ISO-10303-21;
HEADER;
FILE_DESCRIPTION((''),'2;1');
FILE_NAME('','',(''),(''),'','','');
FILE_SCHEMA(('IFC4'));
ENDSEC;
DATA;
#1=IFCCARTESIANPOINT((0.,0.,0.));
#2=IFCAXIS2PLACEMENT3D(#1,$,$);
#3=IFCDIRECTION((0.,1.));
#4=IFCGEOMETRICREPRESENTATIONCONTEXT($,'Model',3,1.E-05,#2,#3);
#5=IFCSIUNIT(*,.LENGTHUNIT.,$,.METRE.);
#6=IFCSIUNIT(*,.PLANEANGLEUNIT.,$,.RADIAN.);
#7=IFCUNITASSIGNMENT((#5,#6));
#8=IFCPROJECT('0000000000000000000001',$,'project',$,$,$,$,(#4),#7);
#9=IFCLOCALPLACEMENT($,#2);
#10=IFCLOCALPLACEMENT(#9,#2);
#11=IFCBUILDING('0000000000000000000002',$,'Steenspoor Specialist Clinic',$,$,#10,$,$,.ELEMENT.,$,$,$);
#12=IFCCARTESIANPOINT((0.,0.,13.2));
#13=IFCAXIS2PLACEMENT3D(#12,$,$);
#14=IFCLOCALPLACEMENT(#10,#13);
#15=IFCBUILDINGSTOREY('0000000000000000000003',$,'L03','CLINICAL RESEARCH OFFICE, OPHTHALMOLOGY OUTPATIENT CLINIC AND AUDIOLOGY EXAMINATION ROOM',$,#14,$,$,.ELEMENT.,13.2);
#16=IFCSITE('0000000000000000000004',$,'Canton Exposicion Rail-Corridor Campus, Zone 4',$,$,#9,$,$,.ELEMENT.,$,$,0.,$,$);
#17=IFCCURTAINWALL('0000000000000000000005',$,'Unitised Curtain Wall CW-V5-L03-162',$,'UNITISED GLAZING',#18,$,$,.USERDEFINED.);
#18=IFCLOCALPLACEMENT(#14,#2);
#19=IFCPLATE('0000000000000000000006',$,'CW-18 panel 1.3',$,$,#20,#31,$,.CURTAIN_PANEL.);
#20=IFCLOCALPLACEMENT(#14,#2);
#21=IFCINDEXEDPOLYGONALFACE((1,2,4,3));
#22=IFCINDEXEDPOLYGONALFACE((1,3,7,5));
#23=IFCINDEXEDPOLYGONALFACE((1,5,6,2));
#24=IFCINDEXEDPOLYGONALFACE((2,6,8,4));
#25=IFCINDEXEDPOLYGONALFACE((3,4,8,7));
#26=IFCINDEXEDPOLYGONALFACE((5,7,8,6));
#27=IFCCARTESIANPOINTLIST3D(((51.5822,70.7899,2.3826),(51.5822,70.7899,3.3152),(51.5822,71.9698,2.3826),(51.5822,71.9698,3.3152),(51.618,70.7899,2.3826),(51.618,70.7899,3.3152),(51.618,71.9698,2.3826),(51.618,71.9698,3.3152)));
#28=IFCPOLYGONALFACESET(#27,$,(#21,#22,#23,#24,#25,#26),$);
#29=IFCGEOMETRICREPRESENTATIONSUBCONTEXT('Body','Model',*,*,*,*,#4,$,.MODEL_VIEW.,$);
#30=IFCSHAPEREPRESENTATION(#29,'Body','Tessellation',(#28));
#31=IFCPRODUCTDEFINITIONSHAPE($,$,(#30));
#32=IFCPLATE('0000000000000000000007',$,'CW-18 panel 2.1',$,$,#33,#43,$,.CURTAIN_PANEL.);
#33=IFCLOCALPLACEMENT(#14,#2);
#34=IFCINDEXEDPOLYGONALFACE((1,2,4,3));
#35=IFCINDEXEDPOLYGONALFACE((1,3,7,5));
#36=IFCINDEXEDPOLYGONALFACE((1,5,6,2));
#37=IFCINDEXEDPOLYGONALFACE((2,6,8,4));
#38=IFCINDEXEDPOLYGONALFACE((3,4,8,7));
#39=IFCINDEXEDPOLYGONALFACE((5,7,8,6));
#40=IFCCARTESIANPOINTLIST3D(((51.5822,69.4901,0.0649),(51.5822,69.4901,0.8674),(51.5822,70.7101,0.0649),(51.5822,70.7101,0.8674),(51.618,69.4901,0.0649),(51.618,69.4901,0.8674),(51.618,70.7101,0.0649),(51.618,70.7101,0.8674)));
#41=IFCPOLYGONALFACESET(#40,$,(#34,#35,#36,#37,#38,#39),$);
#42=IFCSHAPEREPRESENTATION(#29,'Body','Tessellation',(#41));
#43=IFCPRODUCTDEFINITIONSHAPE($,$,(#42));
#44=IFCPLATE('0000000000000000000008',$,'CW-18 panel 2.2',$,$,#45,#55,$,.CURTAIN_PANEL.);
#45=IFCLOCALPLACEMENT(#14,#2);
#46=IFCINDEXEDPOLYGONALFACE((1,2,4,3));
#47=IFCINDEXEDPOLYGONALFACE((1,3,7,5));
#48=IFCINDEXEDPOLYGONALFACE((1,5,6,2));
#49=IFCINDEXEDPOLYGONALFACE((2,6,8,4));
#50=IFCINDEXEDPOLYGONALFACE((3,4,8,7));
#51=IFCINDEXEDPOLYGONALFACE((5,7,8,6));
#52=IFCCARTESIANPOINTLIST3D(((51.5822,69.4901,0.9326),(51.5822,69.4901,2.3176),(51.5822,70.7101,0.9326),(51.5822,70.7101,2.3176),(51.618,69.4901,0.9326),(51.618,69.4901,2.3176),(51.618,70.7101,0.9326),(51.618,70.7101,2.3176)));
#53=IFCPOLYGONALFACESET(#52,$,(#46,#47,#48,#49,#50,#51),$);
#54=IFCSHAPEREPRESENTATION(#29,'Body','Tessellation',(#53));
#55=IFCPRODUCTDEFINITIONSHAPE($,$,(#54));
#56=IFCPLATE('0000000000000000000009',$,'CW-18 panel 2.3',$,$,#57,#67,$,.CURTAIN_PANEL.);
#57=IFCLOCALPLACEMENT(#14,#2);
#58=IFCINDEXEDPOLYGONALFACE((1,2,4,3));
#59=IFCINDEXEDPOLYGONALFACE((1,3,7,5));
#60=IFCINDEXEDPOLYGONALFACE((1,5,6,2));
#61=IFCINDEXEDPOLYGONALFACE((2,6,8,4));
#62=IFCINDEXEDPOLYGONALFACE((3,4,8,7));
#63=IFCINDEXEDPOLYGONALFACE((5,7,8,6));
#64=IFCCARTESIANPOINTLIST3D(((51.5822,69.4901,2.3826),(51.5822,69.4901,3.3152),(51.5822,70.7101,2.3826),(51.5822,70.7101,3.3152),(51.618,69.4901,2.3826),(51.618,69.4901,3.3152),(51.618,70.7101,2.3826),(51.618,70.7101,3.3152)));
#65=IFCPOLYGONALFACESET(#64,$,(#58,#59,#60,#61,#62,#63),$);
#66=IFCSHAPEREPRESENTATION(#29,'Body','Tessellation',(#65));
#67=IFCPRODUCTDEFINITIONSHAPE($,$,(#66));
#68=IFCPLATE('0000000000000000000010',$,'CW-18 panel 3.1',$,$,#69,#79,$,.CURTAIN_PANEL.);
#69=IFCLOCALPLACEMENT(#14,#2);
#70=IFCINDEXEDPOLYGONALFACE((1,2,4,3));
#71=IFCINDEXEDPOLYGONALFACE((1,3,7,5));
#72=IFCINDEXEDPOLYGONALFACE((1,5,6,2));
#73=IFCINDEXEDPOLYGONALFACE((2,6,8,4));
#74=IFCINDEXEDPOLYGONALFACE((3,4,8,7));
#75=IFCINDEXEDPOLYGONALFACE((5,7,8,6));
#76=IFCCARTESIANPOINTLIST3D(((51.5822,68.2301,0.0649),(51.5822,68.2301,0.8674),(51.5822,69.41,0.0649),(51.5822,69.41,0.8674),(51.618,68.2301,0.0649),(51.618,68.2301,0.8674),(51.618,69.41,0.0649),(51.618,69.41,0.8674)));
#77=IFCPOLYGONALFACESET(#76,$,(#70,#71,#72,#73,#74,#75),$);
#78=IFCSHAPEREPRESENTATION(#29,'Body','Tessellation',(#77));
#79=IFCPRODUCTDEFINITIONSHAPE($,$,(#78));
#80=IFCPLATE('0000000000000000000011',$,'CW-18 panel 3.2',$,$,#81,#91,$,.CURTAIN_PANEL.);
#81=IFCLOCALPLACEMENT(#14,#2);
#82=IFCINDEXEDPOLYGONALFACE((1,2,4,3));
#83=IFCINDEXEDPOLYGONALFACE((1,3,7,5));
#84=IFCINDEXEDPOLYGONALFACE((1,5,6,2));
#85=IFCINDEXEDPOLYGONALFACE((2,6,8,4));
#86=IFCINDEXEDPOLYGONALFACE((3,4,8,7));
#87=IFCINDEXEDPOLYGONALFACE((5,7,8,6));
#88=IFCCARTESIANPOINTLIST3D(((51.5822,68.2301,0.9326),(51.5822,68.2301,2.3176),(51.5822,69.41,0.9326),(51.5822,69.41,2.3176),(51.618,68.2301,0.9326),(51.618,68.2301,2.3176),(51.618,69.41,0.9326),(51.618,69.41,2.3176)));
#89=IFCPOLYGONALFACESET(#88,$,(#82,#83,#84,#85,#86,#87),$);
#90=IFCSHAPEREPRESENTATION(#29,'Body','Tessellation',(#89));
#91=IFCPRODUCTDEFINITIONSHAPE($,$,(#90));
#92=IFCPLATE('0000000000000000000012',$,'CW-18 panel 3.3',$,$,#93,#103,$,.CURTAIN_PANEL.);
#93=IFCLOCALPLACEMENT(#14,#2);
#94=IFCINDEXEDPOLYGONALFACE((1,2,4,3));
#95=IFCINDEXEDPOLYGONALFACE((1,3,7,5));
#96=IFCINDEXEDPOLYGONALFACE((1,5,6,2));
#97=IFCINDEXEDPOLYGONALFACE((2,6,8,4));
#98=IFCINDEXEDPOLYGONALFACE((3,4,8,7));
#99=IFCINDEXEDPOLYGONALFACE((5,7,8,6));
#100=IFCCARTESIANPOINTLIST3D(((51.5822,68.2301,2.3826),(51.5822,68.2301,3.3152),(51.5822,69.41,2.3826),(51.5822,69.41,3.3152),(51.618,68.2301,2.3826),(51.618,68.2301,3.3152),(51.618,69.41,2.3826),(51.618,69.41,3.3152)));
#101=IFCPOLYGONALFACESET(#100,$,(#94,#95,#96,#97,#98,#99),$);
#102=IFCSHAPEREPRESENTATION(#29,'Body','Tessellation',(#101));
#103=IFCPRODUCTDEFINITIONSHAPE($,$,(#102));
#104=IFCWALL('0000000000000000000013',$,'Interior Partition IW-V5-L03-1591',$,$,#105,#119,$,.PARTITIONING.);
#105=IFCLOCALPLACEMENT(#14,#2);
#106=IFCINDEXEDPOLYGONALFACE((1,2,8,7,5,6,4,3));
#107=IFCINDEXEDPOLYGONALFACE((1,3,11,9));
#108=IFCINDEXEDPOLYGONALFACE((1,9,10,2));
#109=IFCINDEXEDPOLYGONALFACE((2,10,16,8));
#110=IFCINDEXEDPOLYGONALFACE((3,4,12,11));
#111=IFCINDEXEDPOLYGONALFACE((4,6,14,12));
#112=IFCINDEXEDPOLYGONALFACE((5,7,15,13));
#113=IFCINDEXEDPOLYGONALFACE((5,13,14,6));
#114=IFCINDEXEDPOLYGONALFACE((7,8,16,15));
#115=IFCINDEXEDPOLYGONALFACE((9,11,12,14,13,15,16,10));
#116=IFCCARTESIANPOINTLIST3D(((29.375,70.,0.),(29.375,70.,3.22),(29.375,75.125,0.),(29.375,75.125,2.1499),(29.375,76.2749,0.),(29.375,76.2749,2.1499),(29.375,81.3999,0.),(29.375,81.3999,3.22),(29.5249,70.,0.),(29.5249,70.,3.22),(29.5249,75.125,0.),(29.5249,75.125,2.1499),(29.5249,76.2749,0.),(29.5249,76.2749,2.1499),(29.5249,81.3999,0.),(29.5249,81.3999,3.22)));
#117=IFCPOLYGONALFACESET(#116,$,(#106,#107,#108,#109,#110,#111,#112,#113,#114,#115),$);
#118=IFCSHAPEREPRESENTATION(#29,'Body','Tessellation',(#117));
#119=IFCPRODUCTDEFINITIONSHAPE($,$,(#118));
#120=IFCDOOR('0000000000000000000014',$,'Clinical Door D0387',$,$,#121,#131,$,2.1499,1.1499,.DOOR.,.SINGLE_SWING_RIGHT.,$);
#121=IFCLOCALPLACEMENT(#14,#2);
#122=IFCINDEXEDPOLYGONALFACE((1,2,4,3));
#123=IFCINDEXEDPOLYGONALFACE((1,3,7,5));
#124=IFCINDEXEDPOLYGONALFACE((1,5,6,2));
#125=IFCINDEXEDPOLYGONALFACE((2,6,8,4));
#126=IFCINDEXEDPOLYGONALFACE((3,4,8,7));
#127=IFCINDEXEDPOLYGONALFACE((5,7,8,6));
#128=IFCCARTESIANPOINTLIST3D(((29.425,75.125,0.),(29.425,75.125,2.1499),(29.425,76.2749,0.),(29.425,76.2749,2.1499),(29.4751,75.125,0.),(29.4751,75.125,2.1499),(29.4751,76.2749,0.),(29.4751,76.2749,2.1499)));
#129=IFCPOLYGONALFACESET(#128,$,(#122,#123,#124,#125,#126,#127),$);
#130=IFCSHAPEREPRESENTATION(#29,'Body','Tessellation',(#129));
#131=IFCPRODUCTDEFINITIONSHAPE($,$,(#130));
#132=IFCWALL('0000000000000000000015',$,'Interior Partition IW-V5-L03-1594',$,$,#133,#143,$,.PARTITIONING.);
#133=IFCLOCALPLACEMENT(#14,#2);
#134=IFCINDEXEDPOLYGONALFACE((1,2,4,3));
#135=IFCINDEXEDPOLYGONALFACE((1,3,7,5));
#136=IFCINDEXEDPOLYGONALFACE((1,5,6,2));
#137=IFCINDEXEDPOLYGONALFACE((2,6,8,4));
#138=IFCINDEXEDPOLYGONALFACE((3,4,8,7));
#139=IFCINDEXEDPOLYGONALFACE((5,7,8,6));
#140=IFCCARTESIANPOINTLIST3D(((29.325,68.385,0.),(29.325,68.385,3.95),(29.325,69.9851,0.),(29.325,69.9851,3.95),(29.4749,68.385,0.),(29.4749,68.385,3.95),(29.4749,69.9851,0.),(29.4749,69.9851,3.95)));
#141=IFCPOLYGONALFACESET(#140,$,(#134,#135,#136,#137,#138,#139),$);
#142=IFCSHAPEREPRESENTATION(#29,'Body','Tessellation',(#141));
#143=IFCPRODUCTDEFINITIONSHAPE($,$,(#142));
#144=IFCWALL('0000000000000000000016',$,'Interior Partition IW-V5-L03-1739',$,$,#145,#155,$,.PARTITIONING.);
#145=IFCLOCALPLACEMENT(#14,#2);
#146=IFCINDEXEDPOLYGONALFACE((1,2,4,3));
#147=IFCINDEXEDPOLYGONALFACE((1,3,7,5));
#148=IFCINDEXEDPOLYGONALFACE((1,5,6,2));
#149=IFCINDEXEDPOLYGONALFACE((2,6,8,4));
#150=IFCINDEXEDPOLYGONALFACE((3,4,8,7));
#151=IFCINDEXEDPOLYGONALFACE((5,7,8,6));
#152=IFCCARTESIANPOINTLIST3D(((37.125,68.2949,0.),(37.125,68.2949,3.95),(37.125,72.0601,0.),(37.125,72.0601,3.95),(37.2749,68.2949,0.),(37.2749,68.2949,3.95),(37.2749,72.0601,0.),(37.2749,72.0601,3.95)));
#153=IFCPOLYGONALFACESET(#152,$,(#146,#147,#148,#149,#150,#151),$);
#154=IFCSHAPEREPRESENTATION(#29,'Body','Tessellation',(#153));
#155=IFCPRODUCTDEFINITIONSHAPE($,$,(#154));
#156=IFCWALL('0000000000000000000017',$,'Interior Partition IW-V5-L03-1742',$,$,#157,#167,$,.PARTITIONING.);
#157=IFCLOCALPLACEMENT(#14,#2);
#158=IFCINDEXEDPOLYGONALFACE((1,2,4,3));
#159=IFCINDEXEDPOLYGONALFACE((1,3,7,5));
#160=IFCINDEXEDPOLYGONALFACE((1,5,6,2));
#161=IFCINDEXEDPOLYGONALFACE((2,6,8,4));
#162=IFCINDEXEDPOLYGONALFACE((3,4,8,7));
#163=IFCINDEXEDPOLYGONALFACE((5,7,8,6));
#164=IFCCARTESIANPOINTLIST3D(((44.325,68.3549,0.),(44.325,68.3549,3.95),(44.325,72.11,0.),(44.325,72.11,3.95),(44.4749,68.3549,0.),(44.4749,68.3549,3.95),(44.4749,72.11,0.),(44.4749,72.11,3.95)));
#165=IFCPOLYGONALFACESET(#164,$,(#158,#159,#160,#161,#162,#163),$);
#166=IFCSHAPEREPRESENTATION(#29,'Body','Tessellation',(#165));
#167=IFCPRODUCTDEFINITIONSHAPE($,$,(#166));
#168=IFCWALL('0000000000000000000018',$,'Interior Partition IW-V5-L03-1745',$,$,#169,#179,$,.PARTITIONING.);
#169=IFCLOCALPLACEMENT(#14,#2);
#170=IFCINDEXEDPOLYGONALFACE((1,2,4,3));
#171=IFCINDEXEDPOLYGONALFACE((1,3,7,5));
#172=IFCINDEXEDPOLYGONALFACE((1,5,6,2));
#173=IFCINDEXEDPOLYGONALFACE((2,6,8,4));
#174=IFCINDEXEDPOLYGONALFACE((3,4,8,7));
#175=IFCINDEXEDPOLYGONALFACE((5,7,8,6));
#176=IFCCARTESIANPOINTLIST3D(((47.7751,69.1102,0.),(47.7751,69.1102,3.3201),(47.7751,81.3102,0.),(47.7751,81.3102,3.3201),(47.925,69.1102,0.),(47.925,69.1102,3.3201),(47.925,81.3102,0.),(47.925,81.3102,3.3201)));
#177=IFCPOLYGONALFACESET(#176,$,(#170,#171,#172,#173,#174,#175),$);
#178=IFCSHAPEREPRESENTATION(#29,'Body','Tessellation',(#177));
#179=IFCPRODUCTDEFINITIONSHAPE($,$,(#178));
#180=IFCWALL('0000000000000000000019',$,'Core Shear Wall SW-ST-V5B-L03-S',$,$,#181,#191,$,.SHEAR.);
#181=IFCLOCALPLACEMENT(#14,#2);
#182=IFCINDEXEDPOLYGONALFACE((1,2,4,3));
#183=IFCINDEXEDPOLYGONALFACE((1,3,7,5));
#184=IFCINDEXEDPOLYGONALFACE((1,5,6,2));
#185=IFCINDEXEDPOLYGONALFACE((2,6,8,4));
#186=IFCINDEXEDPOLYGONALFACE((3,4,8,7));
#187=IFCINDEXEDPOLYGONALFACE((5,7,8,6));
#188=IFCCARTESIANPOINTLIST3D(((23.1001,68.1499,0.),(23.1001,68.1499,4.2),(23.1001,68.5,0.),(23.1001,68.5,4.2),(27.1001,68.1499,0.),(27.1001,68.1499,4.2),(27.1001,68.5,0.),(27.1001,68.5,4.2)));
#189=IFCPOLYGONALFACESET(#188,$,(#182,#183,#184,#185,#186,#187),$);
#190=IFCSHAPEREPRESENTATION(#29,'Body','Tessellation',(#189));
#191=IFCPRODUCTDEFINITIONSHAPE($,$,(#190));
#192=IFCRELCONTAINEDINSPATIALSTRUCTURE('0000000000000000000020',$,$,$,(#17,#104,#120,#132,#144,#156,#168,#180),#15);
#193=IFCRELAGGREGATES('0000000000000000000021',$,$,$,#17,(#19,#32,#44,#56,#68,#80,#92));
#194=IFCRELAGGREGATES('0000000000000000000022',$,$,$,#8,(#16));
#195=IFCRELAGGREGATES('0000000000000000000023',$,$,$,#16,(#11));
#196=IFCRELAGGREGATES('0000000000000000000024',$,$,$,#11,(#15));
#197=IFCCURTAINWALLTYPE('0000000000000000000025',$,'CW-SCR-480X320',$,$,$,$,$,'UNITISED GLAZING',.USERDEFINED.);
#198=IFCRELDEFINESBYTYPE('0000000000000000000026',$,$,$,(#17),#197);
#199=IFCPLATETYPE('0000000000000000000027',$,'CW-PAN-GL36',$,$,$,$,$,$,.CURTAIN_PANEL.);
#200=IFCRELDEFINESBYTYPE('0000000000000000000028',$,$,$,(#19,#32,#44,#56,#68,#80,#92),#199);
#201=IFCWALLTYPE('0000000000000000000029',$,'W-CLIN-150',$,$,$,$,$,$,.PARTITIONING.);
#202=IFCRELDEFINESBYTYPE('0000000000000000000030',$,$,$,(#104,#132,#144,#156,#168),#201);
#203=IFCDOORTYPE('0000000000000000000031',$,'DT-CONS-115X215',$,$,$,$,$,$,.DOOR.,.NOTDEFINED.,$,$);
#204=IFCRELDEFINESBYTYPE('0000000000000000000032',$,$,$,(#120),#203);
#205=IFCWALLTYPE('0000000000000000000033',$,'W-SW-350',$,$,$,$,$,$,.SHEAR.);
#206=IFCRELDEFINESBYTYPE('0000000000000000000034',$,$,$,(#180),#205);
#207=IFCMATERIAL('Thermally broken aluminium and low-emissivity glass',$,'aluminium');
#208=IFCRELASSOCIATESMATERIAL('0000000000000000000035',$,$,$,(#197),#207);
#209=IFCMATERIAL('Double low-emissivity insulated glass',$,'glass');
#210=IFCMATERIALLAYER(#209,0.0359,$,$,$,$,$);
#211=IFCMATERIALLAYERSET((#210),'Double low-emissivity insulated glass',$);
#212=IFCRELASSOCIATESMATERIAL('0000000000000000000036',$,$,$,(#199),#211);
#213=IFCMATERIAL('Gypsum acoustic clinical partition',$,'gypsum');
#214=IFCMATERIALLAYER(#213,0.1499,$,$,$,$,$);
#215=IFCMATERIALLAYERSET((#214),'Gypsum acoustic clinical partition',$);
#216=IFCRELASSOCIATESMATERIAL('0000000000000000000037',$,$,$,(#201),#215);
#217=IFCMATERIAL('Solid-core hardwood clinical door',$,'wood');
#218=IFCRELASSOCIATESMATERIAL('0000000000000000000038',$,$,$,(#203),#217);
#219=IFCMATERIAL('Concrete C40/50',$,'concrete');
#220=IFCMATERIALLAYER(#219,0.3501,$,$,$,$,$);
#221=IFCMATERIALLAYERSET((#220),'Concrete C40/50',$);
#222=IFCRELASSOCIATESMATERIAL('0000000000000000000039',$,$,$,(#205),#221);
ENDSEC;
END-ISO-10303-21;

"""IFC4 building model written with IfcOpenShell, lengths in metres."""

from ifc_helpers import new_model, si_unit, direction, frame, frame_2d, origin, origin_2d, place, context, subcontext, project, spatial, rectangle, extrude, material, layer, layer_set, type_object, element, fill, aggregate, save


model = new_model("IFC4")

# Units and contexts
model_context = context("Model", 3, precision=1e-05, world=origin(), true_north=direction((0.0, 1.0)))
body_context = subcontext(model_context, "Body", "Model", "MODEL_VIEW")
ifc_project = project(units=[si_unit("LENGTHUNIT", "METRE"), si_unit("PLANEANGLEUNIT", "RADIAN")], contexts=[model_context])

# Site, building, storey
site_placement = place(None, origin())
site = spatial("IfcSite", under=ifc_project, at=site_placement, Name="Canton Exposicion Rail-Corridor Campus, Zone 4", CompositionType="ELEMENT", RefElevation=0.0)
building_placement = place(site_placement, origin())
building = spatial("IfcBuilding", under=site, at=building_placement, Name="Steenspoor Specialist Clinic", CompositionType="ELEMENT")
storey_placement = place(building_placement, frame((0.0, 0.0, 13.2)))
storey = spatial("IfcBuildingStorey", under=building, at=storey_placement, Name="L03", Description="CLINICAL RESEARCH OFFICE, OPHTHALMOLOGY OUTPATIENT CLINIC AND AUDIOLOGY EXAMINATION ROOM", CompositionType="ELEMENT", Elevation=13.2)

# Curtain wall, plates
ifc_material_1 = material(Name="Thermally broken aluminium and low-emissivity glass", Category="aluminium")
curtain_wall_type = type_object("IfcCurtainWallType", Name="CW-SCR-480X320", ElementType="UNITISED GLAZING", PredefinedType="USERDEFINED", material=ifc_material_1)
curtain_wall_placement = place(storey_placement, origin())
curtain_wall = element("IfcCurtainWall", 1, at=curtain_wall_placement, inside=storey, type_object=curtain_wall_type, Name="Unitised Curtain Wall CW-V5-L03-162", ObjectType="UNITISED GLAZING", PredefinedType="USERDEFINED")
ifc_material_2 = material(Name="Double low-emissivity insulated glass", Category="glass")
ifc_layer_1 = layer(ifc_material_2, 0.0359)
ifc_layer_set_1 = layer_set([ifc_layer_1], Name="Double low-emissivity insulated glass")
plate_type = type_object("IfcPlateType", Name="CW-PAN-GL36", PredefinedType="CURTAIN_PANEL", material=ifc_layer_set_1)
plate_1_placement = place(storey_placement, frame((51.6001, 71.3799, 2.3826), z_axis=(0.0, 0.0, 1.0), x_axis=(0.0, -1.0, 0.0)))
plate_1 = element("IfcPlate", 2, at=plate_1_placement, type_object=plate_type, Name="CW-18 panel 1.3", PredefinedType="CURTAIN_PANEL", context=body_context, shape_type="SweptSolid", body=[
    extrude(rectangle(XDim=1.1799, YDim=0.0359, at=origin_2d()), origin(), (0.0, 0.0, 1.0), 0.9326),
])
plate_2_placement = place(storey_placement, frame((51.6001, 70.1001, 0.0649), z_axis=(0.0, 0.0, 1.0), x_axis=(0.0, -1.0, 0.0)))
plate_2 = element("IfcPlate", 3, at=plate_2_placement, type_object=plate_type, Name="CW-18 panel 2.1", PredefinedType="CURTAIN_PANEL", context=body_context, shape_type="SweptSolid", body=[
    extrude(rectangle(XDim=1.22, YDim=0.0359, at=origin_2d()), origin(), (0.0, 0.0, 1.0), 0.8025),
])
plate_3_placement = place(storey_placement, frame((51.6001, 70.1001, 0.9326), z_axis=(0.0, 0.0, 1.0), x_axis=(0.0, -1.0, 0.0)))
plate_3 = element("IfcPlate", 4, at=plate_3_placement, type_object=plate_type, Name="CW-18 panel 2.2", PredefinedType="CURTAIN_PANEL", context=body_context, shape_type="SweptSolid", body=[
    extrude(rectangle(XDim=1.22, YDim=0.0359, at=origin_2d()), origin(), (0.0, 0.0, 1.0), 1.385),
])
plate_4_placement = place(storey_placement, frame((51.6001, 70.1001, 2.3826), z_axis=(0.0, 0.0, 1.0), x_axis=(0.0, -1.0, 0.0)))
plate_4 = element("IfcPlate", 5, at=plate_4_placement, type_object=plate_type, Name="CW-18 panel 2.3", PredefinedType="CURTAIN_PANEL", context=body_context, shape_type="SweptSolid", body=[
    extrude(rectangle(XDim=1.22, YDim=0.0359, at=origin_2d()), origin(), (0.0, 0.0, 1.0), 0.9326),
])
plate_5_placement = place(storey_placement, frame((51.6001, 68.8201, 0.0649), z_axis=(0.0, 0.0, 1.0), x_axis=(0.0, -1.0, 0.0)))
plate_5 = element("IfcPlate", 6, at=plate_5_placement, type_object=plate_type, Name="CW-18 panel 3.1", PredefinedType="CURTAIN_PANEL", context=body_context, shape_type="SweptSolid", body=[
    extrude(rectangle(XDim=1.1799, YDim=0.0359, at=origin_2d()), origin(), (0.0, 0.0, 1.0), 0.8025),
])
plate_6_placement = place(storey_placement, frame((51.6001, 68.8201, 0.9326), z_axis=(0.0, 0.0, 1.0), x_axis=(0.0, -1.0, 0.0)))
plate_6 = element("IfcPlate", 7, at=plate_6_placement, type_object=plate_type, Name="CW-18 panel 3.2", PredefinedType="CURTAIN_PANEL", context=body_context, shape_type="SweptSolid", body=[
    extrude(rectangle(XDim=1.1799, YDim=0.0359, at=origin_2d()), origin(), (0.0, 0.0, 1.0), 1.385),
])
plate_7_placement = place(storey_placement, frame((51.6001, 68.8201, 2.3826), z_axis=(0.0, 0.0, 1.0), x_axis=(0.0, -1.0, 0.0)))
plate_7 = element("IfcPlate", 8, at=plate_7_placement, type_object=plate_type, Name="CW-18 panel 3.3", PredefinedType="CURTAIN_PANEL", context=body_context, shape_type="SweptSolid", body=[
    extrude(rectangle(XDim=1.1799, YDim=0.0359, at=origin_2d()), origin(), (0.0, 0.0, 1.0), 0.9326),
])
aggregate(curtain_wall, [plate_1, plate_2, plate_3, plate_4, plate_5, plate_6, plate_7])

# Wall, opening, door
ifc_material_3 = material(Name="Gypsum acoustic clinical partition", Category="gypsum")
ifc_layer_2 = layer(ifc_material_3, 0.1499)
ifc_layer_set_2 = layer_set([ifc_layer_2], Name="Gypsum acoustic clinical partition")
wall_type_1 = type_object("IfcWallType", Name="W-CLIN-150", PredefinedType="PARTITIONING", material=ifc_layer_set_2)
wall_1_placement = place(storey_placement, frame((29.45, 70.0, 0.0), z_axis=(0.0, 0.0, 1.0), x_axis=(0.0, 1.0, 0.0)))
wall_1 = element("IfcWall", 9, at=wall_1_placement, inside=storey, type_object=wall_type_1, Name="Interior Partition IW-V5-L03-1591", PredefinedType="PARTITIONING", context=body_context, shape_type="SweptSolid", body=[
    extrude(rectangle(XDim=11.3999, YDim=0.1499, at=frame_2d((5.7, 0.0))), origin(), (0.0, 0.0, 1.0), 3.22),
])
opening_1_placement = place(wall_1_placement, frame((5.125, 0.0, 0.0)))
opening_1 = element("IfcOpeningElement", 10, at=opening_1_placement, cuts=wall_1, PredefinedType="OPENING", context=body_context, shape_type="SweptSolid", body=[
    extrude(rectangle(XDim=1.1499, YDim=2.1499, at=frame_2d((0.575, 1.075))), frame((0.0, 0.085, 0.0), z_axis=(0.0, -1.0, 0.0), x_axis=(1.0, 0.0, 0.0)), (0.0, 0.0, 1.0), 0.1699),
])
ifc_material_4 = material(Name="Solid-core hardwood clinical door", Category="wood")
door_type_1 = type_object("IfcDoorType", Name="DT-CONS-115X215", OperationType="NOTDEFINED", PredefinedType="DOOR", material=ifc_material_4)
door_1_placement = place(opening_1_placement, origin())
door_1 = element("IfcDoor", 11, at=door_1_placement, inside=storey, type_object=door_type_1, Name="Clinical Door D0387", OperationType="SINGLE_SWING_RIGHT", OverallHeight=2.1499, OverallWidth=1.1499, PredefinedType="DOOR", context=body_context, shape_type="SweptSolid", body=[
    extrude(rectangle(XDim=1.1499, YDim=2.1499, at=frame_2d((0.575, 1.075))), frame((0.0, 0.0249, 0.0), z_axis=(0.0, -1.0, 0.0), x_axis=(1.0, 0.0, 0.0)), (0.0, 0.0, 1.0), 0.05),
])
fill(opening_1, door_1)

# Walls
wall_2_placement = place(storey_placement, frame((29.3999, 68.385, 0.0), z_axis=(0.0, 0.0, 1.0), x_axis=(0.0, 1.0, 0.0)))
element("IfcWall", 12, at=wall_2_placement, inside=storey, type_object=wall_type_1, Name="Interior Partition IW-V5-L03-1594", PredefinedType="PARTITIONING", context=body_context, shape_type="SweptSolid", body=[
    extrude(rectangle(XDim=1.6001, YDim=0.1499, at=frame_2d((0.8, 0.0))), origin(), (0.0, 0.0, 1.0), 3.95),
])
wall_3_placement = place(storey_placement, frame((37.2, 68.2949, 0.0), z_axis=(0.0, 0.0, 1.0), x_axis=(0.0, 1.0, 0.0)))
element("IfcWall", 13, at=wall_3_placement, inside=storey, type_object=wall_type_1, Name="Interior Partition IW-V5-L03-1739", PredefinedType="PARTITIONING", context=body_context, shape_type="SweptSolid", body=[
    extrude(rectangle(XDim=3.7651, YDim=0.1499, at=frame_2d((1.8826, 0.0))), origin(), (0.0, 0.0, 1.0), 3.95),
])
wall_4_placement = place(storey_placement, frame((44.3999, 68.355, 0.0), z_axis=(0.0, 0.0, 1.0), x_axis=(0.0, 1.0, 0.0)))
element("IfcWall", 14, at=wall_4_placement, inside=storey, type_object=wall_type_1, Name="Interior Partition IW-V5-L03-1742", PredefinedType="PARTITIONING", context=body_context, shape_type="SweptSolid", body=[
    extrude(rectangle(XDim=3.7551, YDim=0.1499, at=frame_2d((1.8774, 0.0))), origin(), (0.0, 0.0, 1.0), 3.95),
])
wall_5_placement = place(storey_placement, frame((47.8501, 69.1101, 0.0), z_axis=(0.0, 0.0, 1.0), x_axis=(0.0, 1.0, 0.0)))
element("IfcWall", 15, at=wall_5_placement, inside=storey, type_object=wall_type_1, Name="Interior Partition IW-V5-L03-1745", PredefinedType="PARTITIONING", context=body_context, shape_type="SweptSolid", body=[
    extrude(rectangle(XDim=12.2, YDim=0.1499, at=frame_2d((6.1001, 0.0))), origin(), (0.0, 0.0, 1.0), 3.3201),
])
ifc_material_5 = material(Name="Concrete C40/50", Category="concrete")
ifc_layer_3 = layer(ifc_material_5, 0.3501)
ifc_layer_set_3 = layer_set([ifc_layer_3], Name="Concrete C40/50")
wall_type_2 = type_object("IfcWallType", Name="W-SW-350", PredefinedType="SHEAR", material=ifc_layer_set_3)
wall_6_placement = place(storey_placement, frame((23.1001, 68.325, 0.0), z_axis=(0.0, 0.0, 1.0), x_axis=(1.0, 0.0, 0.0)))
element("IfcWall", 16, at=wall_6_placement, inside=storey, type_object=wall_type_2, Name="Core Shear Wall SW-ST-V5B-L03-S", PredefinedType="SHEAR", context=body_context, shape_type="SweptSolid", body=[
    extrude(rectangle(XDim=4.0, YDim=0.3501, at=frame_2d((2.0, 0.0))), origin(), (0.0, 0.0, 1.0), 4.2),
])

save(model, "model.ifc")
